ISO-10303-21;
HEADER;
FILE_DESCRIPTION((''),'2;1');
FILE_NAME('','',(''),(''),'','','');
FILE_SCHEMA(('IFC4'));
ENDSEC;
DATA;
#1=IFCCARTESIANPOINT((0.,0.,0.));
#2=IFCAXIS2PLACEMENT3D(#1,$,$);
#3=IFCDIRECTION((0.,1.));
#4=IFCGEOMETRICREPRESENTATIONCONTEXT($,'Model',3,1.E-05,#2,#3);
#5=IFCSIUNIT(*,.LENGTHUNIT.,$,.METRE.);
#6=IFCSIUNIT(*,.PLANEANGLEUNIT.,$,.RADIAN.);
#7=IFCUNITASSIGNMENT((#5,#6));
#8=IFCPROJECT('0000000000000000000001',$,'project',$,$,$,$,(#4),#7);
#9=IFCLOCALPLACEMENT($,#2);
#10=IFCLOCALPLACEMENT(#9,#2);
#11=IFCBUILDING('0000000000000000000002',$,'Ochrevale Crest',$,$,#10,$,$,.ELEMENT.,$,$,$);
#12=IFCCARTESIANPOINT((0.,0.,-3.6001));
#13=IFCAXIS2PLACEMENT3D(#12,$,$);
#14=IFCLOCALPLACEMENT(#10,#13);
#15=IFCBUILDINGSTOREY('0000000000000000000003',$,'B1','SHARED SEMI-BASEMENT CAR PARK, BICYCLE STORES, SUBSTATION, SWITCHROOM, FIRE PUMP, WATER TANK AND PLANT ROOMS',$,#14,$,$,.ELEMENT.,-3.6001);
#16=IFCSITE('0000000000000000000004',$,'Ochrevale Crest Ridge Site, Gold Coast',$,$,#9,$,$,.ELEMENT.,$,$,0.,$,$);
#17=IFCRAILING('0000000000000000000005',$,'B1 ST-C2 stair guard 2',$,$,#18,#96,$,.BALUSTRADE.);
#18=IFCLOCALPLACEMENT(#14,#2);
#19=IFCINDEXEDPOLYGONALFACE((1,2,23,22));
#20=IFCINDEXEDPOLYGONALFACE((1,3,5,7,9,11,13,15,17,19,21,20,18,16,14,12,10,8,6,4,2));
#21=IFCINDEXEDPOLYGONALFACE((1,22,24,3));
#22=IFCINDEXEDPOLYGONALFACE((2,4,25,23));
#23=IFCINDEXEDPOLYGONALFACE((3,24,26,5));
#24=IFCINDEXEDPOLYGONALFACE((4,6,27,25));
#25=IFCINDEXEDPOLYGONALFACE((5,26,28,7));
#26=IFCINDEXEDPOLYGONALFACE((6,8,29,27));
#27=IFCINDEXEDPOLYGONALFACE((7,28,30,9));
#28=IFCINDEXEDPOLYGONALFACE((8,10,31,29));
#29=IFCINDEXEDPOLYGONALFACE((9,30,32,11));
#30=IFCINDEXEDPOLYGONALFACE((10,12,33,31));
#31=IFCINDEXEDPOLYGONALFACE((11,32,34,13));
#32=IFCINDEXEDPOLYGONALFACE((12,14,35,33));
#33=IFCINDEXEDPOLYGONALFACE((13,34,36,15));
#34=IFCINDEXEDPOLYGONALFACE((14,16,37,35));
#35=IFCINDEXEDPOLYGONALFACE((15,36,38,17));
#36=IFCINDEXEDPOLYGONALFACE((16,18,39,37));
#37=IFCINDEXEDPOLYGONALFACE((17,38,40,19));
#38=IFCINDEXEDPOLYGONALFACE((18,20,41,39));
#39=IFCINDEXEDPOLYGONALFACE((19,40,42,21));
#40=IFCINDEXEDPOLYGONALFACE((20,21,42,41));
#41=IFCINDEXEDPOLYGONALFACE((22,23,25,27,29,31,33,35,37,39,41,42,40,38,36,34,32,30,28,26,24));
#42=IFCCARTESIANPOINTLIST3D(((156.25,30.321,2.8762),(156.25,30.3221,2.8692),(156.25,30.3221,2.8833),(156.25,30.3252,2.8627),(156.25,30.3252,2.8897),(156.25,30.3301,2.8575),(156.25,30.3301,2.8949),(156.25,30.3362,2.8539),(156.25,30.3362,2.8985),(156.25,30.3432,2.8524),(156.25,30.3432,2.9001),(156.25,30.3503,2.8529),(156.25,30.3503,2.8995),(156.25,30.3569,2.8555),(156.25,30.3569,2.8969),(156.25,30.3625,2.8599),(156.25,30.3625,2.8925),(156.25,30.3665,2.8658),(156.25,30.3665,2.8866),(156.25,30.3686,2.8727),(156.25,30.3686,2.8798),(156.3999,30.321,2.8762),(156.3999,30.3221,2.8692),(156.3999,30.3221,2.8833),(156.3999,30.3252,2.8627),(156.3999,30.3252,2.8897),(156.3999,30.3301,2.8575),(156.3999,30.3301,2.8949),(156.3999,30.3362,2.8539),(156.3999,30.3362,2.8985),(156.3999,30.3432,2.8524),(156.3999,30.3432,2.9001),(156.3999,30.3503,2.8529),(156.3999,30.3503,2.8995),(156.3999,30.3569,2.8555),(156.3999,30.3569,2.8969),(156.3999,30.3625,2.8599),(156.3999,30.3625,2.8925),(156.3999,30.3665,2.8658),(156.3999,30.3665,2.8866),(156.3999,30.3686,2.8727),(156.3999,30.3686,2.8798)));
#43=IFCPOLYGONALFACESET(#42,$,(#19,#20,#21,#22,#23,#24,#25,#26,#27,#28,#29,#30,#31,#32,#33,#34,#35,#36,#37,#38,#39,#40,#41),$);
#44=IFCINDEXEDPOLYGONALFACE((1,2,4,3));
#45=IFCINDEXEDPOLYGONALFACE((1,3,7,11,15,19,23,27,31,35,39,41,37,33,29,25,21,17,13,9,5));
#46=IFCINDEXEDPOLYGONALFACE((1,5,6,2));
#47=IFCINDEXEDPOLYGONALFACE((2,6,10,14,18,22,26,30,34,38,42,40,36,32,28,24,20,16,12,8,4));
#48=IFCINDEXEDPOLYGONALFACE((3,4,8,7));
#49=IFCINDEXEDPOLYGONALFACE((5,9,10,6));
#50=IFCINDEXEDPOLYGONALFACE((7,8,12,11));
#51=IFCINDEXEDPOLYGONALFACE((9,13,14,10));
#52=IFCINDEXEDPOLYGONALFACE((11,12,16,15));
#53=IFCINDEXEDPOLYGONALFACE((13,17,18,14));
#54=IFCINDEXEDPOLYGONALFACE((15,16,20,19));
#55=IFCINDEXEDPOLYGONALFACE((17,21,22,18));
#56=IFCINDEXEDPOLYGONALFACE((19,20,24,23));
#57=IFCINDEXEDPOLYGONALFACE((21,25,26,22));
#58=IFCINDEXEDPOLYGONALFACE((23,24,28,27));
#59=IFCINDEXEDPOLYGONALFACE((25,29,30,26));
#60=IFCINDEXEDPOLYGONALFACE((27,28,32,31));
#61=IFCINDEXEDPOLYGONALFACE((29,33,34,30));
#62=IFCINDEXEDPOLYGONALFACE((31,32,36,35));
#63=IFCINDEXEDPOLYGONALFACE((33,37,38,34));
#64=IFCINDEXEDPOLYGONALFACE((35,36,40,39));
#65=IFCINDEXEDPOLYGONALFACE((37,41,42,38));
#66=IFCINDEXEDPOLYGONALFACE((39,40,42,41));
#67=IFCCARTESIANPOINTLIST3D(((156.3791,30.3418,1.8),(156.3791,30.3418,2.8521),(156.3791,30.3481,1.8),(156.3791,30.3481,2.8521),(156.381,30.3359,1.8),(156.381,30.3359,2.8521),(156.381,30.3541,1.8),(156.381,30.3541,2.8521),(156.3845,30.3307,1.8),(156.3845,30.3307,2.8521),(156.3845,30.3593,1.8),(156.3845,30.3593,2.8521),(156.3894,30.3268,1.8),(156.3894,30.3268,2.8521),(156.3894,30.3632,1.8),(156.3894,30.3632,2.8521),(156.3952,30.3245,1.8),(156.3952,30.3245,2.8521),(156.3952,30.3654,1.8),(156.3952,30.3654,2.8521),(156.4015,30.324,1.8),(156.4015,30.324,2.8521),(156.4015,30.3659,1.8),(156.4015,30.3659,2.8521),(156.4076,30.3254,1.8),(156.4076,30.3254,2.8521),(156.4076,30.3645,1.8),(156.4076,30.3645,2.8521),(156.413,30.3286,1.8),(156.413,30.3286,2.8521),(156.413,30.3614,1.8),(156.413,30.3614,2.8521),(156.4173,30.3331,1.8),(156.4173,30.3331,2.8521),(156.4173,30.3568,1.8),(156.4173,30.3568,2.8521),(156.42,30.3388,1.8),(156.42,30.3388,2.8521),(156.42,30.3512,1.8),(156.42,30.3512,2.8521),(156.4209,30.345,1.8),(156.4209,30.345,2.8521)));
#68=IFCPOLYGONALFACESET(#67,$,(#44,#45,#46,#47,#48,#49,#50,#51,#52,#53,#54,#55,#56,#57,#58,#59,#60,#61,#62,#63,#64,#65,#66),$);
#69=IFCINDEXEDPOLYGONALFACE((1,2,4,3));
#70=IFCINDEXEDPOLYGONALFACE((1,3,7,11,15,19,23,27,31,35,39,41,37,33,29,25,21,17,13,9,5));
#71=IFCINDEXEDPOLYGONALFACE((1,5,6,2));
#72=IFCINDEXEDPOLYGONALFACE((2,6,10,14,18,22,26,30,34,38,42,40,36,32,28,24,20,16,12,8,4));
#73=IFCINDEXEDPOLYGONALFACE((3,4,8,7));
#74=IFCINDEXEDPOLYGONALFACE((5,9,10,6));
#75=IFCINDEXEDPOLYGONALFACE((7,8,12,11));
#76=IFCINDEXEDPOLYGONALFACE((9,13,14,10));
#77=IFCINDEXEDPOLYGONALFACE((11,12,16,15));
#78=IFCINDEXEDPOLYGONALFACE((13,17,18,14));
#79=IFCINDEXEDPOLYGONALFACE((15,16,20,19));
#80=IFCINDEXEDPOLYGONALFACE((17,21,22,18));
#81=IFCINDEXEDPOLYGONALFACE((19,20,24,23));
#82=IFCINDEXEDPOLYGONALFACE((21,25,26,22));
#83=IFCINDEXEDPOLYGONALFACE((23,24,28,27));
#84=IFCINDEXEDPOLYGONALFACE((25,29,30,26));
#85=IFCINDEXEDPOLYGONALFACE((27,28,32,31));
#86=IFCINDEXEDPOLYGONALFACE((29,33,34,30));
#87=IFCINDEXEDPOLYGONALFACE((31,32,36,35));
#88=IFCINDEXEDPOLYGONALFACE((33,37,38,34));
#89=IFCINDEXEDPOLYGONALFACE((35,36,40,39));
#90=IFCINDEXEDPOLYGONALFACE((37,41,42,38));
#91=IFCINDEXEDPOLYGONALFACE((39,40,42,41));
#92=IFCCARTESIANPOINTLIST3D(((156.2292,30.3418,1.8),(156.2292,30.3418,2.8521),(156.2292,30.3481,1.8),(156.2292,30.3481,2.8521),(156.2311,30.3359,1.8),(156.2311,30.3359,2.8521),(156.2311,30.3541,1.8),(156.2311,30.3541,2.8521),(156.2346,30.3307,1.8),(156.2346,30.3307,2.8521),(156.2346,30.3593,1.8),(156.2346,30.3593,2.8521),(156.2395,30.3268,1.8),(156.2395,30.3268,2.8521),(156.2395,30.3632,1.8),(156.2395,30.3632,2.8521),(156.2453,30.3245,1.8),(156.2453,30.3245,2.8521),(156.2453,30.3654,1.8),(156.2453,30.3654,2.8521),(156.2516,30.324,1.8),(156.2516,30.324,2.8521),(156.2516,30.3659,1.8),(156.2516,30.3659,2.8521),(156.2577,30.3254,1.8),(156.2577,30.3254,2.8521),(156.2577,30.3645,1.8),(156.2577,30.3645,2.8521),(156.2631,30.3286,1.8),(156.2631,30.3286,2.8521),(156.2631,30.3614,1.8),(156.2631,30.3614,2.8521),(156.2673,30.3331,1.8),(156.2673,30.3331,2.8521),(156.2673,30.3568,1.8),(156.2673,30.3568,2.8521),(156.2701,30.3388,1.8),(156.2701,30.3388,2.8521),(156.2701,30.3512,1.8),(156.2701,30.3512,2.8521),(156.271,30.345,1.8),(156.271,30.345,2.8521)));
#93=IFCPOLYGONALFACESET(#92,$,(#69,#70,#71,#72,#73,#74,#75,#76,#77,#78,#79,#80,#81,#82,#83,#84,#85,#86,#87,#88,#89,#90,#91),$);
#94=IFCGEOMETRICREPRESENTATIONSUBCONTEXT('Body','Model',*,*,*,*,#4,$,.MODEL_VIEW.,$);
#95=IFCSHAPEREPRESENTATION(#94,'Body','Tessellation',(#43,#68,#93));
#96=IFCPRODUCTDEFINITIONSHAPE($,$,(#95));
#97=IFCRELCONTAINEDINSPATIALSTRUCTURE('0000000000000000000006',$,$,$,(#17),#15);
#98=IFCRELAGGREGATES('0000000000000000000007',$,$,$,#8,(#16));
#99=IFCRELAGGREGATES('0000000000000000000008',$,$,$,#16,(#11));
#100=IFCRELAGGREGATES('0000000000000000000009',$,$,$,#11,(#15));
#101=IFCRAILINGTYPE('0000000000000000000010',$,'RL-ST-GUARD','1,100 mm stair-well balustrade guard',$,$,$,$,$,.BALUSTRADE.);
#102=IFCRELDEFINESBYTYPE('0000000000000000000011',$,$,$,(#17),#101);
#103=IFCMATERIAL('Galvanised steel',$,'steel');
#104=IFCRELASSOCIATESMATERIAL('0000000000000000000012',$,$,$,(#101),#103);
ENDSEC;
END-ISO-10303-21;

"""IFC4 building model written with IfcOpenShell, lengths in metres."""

from ifc_helpers import new_model, si_unit, direction, frame, origin, origin_2d, place, context, subcontext, project, spatial, circle, extrude, material, type_object, element, save


model = new_model("IFC4")

# Units and contexts
model_context = context("Model", 3, precision=1e-05, world=origin(), true_north=direction((0.0, 1.0)))
body_context = subcontext(model_context, "Body", "Model", "MODEL_VIEW")
ifc_project = project(units=[si_unit("LENGTHUNIT", "METRE"), si_unit("PLANEANGLEUNIT", "RADIAN")], contexts=[model_context])

# Site, building, storey
site_placement = place(None, origin())
site = spatial("IfcSite", under=ifc_project, at=site_placement, Name="Ochrevale Crest Ridge Site, Gold Coast", CompositionType="ELEMENT", RefElevation=0.0)
building_placement = place(site_placement, origin())
building = spatial("IfcBuilding", under=site, at=building_placement, Name="Ochrevale Crest", CompositionType="ELEMENT")
storey_placement = place(building_placement, frame((0.0, 0.0, -3.6001)))
storey = spatial("IfcBuildingStorey", under=building, at=storey_placement, Name="B1", Description="SHARED SEMI-BASEMENT CAR PARK, BICYCLE STORES, SUBSTATION, SWITCHROOM, FIRE PUMP, WATER TANK AND PLANT ROOMS", CompositionType="ELEMENT", Elevation=-3.6001)

# Railing
ifc_material_1 = material(Name="Galvanised steel", Category="steel")
railing_type_1 = type_object("IfcRailingType", Name="RL-ST-GUARD", Description="1,100 mm stair-well balustrade guard", PredefinedType="BALUSTRADE", material=ifc_material_1)
railing_1_placement = place(storey_placement, frame((156.3999, 30.345, 1.8)))
element("IfcRailing", 1, at=railing_1_placement, inside=storey, type_object=railing_type_1, Name="B1 ST-C2 stair guard 2", PredefinedType="BALUSTRADE", context=body_context, shape_type="SweptSolid", body=[
    extrude(circle(Radius=0.0239, at=origin_2d()), frame((0.0, 0.0, 1.0762), z_axis=(-1.0, 0.0, 0.0), x_axis=(0.0, -1.0, 0.0)), (0.0, 0.0, 1.0), 0.1499),
    extrude(circle(Radius=0.021, at=origin_2d()), origin(), (0.0, 0.0, 1.0), 1.052),
    extrude(circle(Radius=0.021, at=origin_2d()), frame((-0.1499, 0.0, 0.0)), (0.0, 0.0, 1.0), 1.052),
])

save(model, "model.ifc")
